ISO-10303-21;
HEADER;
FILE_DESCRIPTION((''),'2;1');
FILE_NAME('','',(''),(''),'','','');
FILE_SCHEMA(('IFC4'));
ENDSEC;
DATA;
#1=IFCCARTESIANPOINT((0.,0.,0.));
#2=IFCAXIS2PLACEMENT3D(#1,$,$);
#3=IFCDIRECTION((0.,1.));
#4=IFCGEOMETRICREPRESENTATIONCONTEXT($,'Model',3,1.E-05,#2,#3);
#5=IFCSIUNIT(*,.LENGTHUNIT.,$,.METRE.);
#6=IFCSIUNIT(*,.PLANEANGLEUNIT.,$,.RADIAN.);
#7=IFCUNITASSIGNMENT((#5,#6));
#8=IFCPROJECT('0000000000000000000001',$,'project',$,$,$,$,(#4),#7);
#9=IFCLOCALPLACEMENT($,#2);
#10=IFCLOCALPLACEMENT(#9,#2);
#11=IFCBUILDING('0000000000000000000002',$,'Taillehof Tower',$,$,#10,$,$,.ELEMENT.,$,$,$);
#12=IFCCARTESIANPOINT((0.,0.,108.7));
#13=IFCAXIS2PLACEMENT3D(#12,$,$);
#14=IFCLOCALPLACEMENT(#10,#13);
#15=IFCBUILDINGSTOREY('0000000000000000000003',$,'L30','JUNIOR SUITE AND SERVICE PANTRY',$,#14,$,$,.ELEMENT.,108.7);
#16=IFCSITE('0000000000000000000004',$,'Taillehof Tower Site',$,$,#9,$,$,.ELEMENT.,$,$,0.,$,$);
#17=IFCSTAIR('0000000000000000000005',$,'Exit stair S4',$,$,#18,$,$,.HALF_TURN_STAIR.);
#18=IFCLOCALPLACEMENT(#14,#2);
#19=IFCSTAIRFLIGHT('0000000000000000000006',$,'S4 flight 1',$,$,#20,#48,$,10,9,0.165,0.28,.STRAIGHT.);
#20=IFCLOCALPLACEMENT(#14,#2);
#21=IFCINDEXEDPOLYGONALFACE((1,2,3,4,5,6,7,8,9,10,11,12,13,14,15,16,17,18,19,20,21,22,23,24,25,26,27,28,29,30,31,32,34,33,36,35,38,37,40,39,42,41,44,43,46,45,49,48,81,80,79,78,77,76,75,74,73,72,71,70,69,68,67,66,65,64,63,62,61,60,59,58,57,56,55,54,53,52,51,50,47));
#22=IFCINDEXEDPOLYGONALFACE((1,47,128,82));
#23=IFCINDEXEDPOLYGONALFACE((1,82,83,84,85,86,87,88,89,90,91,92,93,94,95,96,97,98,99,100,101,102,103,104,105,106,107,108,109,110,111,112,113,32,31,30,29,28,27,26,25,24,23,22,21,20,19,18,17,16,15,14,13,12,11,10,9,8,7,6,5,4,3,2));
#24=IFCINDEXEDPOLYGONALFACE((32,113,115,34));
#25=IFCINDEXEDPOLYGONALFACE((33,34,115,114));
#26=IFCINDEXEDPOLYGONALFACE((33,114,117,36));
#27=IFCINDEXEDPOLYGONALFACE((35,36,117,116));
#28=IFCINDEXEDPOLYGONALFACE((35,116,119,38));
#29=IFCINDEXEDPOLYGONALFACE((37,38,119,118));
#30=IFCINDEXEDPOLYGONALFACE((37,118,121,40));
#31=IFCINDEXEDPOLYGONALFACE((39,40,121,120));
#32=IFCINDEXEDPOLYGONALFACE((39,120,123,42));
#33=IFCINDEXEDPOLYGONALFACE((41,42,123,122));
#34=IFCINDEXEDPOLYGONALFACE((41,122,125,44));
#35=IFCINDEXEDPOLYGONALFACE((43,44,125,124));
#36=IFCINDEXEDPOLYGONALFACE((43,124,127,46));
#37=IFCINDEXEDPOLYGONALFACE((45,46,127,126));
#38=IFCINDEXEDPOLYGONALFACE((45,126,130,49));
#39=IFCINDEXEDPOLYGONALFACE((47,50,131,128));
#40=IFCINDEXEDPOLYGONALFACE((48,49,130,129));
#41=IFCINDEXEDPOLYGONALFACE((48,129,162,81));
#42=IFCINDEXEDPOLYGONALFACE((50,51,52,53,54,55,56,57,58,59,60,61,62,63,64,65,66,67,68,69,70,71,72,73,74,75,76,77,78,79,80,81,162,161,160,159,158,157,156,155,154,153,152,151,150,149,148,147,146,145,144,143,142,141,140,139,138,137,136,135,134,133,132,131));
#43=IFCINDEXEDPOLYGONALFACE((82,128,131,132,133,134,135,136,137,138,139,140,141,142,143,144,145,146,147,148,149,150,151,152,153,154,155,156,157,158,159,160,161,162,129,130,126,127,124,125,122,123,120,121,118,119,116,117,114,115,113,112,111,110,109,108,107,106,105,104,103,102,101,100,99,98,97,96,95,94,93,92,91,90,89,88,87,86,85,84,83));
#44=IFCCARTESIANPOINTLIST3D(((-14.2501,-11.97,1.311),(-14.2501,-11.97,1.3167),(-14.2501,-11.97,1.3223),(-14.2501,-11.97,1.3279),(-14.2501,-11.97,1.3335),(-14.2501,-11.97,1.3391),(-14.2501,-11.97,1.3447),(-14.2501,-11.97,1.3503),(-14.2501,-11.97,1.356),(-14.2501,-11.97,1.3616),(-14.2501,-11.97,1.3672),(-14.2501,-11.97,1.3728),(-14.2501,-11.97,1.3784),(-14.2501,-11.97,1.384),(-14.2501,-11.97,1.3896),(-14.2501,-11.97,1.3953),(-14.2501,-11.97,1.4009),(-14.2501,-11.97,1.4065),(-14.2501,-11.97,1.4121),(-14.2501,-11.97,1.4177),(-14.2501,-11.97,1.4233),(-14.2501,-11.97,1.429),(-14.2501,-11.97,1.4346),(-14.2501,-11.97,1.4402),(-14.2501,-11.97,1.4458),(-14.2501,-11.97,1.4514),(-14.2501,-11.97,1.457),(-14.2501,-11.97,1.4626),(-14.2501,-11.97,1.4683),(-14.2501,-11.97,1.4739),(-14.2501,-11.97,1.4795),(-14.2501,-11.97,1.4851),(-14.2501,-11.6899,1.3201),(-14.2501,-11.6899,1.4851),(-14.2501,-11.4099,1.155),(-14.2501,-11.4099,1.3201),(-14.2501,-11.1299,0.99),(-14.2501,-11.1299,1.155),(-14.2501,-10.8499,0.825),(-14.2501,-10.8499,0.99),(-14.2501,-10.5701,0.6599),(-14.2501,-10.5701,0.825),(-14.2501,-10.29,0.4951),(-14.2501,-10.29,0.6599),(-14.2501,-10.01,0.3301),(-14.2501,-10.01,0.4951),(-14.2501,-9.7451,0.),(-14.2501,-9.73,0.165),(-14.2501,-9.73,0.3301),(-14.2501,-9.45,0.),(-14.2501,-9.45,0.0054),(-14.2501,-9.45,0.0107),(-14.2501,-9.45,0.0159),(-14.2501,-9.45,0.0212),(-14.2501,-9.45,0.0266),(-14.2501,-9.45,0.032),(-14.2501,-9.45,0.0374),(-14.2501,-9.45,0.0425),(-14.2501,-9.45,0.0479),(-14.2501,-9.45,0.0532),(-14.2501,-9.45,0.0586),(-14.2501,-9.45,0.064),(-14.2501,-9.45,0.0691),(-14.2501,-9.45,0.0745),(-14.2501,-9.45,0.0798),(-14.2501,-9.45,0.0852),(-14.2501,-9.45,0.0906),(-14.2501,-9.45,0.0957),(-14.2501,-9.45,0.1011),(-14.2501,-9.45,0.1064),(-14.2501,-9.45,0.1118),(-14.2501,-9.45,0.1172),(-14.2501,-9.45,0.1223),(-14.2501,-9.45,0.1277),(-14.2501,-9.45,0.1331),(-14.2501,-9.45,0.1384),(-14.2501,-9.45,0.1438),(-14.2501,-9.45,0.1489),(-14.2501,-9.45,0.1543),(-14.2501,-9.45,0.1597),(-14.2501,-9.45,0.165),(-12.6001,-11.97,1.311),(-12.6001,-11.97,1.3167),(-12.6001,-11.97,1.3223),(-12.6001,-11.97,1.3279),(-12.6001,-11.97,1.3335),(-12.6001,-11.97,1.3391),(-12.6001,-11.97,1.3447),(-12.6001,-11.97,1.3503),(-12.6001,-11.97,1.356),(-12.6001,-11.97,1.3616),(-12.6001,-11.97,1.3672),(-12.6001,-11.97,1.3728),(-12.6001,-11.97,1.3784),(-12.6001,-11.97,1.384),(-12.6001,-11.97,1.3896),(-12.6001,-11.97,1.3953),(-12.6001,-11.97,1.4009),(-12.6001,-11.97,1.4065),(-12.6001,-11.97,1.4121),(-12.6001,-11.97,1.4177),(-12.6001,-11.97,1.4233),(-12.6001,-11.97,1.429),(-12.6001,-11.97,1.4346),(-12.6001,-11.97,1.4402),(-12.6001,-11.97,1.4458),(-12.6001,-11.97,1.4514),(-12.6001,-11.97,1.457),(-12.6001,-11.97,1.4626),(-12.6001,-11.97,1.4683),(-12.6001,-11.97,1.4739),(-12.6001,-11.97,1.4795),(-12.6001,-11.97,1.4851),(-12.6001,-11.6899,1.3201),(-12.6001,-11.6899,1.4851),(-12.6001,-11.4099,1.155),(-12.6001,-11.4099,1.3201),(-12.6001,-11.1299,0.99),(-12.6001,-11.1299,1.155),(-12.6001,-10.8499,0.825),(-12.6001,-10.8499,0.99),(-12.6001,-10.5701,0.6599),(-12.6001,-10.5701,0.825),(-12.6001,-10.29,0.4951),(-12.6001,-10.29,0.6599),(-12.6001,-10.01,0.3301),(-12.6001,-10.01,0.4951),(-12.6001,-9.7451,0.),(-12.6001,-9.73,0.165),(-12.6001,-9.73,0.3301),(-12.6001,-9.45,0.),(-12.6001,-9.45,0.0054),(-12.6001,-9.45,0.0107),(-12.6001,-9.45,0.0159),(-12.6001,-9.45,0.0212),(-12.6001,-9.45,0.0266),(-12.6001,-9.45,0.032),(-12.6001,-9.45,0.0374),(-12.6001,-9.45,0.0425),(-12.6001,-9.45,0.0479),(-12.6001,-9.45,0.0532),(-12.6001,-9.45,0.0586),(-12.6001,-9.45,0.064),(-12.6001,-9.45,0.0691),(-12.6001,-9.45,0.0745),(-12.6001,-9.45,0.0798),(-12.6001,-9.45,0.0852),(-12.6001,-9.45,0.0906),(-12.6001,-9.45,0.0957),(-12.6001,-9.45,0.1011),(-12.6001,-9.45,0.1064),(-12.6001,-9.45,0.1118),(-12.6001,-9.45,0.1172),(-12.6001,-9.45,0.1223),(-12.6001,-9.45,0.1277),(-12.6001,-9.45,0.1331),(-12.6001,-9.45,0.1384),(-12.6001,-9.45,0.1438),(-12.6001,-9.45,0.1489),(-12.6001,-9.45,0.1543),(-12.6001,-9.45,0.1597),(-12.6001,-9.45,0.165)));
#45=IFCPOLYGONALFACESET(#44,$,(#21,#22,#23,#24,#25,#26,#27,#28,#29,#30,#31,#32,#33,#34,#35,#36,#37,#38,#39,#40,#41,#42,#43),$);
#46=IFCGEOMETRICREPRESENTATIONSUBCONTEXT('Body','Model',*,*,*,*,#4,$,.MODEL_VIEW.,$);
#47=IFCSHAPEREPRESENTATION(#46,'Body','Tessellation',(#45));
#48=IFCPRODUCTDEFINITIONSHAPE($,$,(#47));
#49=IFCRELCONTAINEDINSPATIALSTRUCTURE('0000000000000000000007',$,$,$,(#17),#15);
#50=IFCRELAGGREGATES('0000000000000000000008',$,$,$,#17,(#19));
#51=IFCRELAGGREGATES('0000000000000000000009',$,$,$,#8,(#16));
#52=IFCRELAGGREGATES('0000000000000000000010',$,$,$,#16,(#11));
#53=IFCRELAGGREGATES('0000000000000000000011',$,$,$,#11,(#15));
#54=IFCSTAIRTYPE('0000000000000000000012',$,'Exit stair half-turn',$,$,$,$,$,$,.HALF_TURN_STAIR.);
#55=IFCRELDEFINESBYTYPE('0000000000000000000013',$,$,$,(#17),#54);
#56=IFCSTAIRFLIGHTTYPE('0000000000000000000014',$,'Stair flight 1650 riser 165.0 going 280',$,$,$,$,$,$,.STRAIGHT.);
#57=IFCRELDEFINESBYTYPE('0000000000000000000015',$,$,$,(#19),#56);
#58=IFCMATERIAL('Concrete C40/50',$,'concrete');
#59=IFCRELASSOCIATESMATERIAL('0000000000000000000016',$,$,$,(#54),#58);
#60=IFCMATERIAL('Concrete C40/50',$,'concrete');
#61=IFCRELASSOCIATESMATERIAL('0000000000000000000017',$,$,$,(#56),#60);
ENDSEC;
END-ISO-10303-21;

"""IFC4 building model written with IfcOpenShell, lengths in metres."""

from ifc_helpers import new_model, si_unit, direction, frame, origin, place, context, subcontext, project, spatial, polyline, outline, extrude, material, type_object, element, aggregate, save


model = new_model("IFC4")

# Units and contexts
model_context = context("Model", 3, precision=1e-05, world=origin(), true_north=direction((0.0, 1.0)))
body_context = subcontext(model_context, "Body", "Model", "MODEL_VIEW")
ifc_project = project(units=[si_unit("LENGTHUNIT", "METRE"), si_unit("PLANEANGLEUNIT", "RADIAN")], contexts=[model_context])

# Site, building, storey
site_placement = place(None, origin())
site = spatial("IfcSite", under=ifc_project, at=site_placement, Name="Taillehof Tower Site", CompositionType="ELEMENT", RefElevation=0.0)
building_placement = place(site_placement, origin())
building = spatial("IfcBuilding", under=site, at=building_placement, Name="Taillehof Tower", CompositionType="ELEMENT")
storey_placement = place(building_placement, frame((0.0, 0.0, 108.7)))
storey = spatial("IfcBuildingStorey", under=building, at=storey_placement, Name="L30", Description="JUNIOR SUITE AND SERVICE PANTRY", CompositionType="ELEMENT", Elevation=108.7)

# Stair, stair flight
ifc_material_1 = material(Name="Concrete C40/50", Category="concrete")
stair_type = type_object("IfcStairType", Name="Exit stair half-turn", PredefinedType="HALF_TURN_STAIR", material=ifc_material_1)
stair_placement = place(storey_placement, origin())
stair = element("IfcStair", 1, at=stair_placement, inside=storey, type_object=stair_type, Name="Exit stair S4", PredefinedType="HALF_TURN_STAIR")
ifc_material_2 = material(Name="Concrete C40/50", Category="concrete")
stair_flight_type = type_object("IfcStairFlightType", Name="Stair flight 1650 riser 165.0 going 280", PredefinedType="STRAIGHT", material=ifc_material_2)
stair_flight_placement = place(storey_placement, frame((-13.425, -9.45, 0.0), z_axis=(0.0, 0.0, 1.0), x_axis=(0.0, -1.0, 0.0)))
stair_flight = element("IfcStairFlight", 2, at=stair_flight_placement, type_object=stair_flight_type, Name="S4 flight 1", NumberOfRisers=10, NumberOfTreads=9, PredefinedType="STRAIGHT", RiserHeight=0.165, TreadLength=0.28, context=body_context, shape_type="SweptSolid", body=[
    extrude(outline(polyline([(0.0, 0.0), (0.0, 0.0054), (0.0, 0.0107), (0.0, 0.0159), (0.0, 0.0212), (0.0, 0.0266), (0.0, 0.032), (0.0, 0.0374), (0.0, 0.0425), (0.0, 0.0479), (0.0, 0.0532), (0.0, 0.0586), (0.0, 0.064), (0.0, 0.0691), (0.0, 0.0745), (0.0, 0.0798), (0.0, 0.0852), (0.0, 0.0906), (0.0, 0.0957), (0.0, 0.1011), (0.0, 0.1064), (0.0, 0.1118), (0.0, 0.1172), (0.0, 0.1223), (0.0, 0.1277), (0.0, 0.1331), (0.0, 0.1384), (0.0, 0.1438), (0.0, 0.1489), (0.0, 0.1543), (0.0, 0.1597), (0.0, 0.165), (0.28, 0.165), (0.28, 0.3301), (0.5601, 0.3301), (0.5601, 0.4951), (0.8401, 0.4951), (0.8401, 0.6599), (1.1201, 0.6599), (1.1201, 0.825), (1.3999, 0.825), (1.3999, 0.99), (1.6799, 0.99), (1.6799, 1.155), (1.96, 1.155), (1.96, 1.3201), (2.24, 1.3201), (2.24, 1.4851), (2.52, 1.4851), (2.52, 1.4795), (2.52, 1.4739), (2.52, 1.4683), (2.52, 1.4626), (2.52, 1.457), (2.52, 1.4514), (2.52, 1.4458), (2.52, 1.4402), (2.52, 1.4346), (2.52, 1.429), (2.52, 1.4233), (2.52, 1.4177), (2.52, 1.4121), (2.52, 1.4065), (2.52, 1.4009), (2.52, 1.3953), (2.52, 1.3896), (2.52, 1.384), (2.52, 1.3784), (2.52, 1.3728), (2.52, 1.3672), (2.52, 1.3616), (2.52, 1.356), (2.52, 1.3503), (2.52, 1.3447), (2.52, 1.3391), (2.52, 1.3335), (2.52, 1.3279), (2.52, 1.3223), (2.52, 1.3167), (2.52, 1.311), (0.2952, 0.0), (0.0, 0.0)])), frame((0.0, 0.825, 0.0), z_axis=(0.0, -1.0, 0.0), x_axis=(1.0, 0.0, 0.0)), (0.0, 0.0, 1.0), 1.65),
])
aggregate(stair, [stair_flight])

save(model, "model.ifc")
